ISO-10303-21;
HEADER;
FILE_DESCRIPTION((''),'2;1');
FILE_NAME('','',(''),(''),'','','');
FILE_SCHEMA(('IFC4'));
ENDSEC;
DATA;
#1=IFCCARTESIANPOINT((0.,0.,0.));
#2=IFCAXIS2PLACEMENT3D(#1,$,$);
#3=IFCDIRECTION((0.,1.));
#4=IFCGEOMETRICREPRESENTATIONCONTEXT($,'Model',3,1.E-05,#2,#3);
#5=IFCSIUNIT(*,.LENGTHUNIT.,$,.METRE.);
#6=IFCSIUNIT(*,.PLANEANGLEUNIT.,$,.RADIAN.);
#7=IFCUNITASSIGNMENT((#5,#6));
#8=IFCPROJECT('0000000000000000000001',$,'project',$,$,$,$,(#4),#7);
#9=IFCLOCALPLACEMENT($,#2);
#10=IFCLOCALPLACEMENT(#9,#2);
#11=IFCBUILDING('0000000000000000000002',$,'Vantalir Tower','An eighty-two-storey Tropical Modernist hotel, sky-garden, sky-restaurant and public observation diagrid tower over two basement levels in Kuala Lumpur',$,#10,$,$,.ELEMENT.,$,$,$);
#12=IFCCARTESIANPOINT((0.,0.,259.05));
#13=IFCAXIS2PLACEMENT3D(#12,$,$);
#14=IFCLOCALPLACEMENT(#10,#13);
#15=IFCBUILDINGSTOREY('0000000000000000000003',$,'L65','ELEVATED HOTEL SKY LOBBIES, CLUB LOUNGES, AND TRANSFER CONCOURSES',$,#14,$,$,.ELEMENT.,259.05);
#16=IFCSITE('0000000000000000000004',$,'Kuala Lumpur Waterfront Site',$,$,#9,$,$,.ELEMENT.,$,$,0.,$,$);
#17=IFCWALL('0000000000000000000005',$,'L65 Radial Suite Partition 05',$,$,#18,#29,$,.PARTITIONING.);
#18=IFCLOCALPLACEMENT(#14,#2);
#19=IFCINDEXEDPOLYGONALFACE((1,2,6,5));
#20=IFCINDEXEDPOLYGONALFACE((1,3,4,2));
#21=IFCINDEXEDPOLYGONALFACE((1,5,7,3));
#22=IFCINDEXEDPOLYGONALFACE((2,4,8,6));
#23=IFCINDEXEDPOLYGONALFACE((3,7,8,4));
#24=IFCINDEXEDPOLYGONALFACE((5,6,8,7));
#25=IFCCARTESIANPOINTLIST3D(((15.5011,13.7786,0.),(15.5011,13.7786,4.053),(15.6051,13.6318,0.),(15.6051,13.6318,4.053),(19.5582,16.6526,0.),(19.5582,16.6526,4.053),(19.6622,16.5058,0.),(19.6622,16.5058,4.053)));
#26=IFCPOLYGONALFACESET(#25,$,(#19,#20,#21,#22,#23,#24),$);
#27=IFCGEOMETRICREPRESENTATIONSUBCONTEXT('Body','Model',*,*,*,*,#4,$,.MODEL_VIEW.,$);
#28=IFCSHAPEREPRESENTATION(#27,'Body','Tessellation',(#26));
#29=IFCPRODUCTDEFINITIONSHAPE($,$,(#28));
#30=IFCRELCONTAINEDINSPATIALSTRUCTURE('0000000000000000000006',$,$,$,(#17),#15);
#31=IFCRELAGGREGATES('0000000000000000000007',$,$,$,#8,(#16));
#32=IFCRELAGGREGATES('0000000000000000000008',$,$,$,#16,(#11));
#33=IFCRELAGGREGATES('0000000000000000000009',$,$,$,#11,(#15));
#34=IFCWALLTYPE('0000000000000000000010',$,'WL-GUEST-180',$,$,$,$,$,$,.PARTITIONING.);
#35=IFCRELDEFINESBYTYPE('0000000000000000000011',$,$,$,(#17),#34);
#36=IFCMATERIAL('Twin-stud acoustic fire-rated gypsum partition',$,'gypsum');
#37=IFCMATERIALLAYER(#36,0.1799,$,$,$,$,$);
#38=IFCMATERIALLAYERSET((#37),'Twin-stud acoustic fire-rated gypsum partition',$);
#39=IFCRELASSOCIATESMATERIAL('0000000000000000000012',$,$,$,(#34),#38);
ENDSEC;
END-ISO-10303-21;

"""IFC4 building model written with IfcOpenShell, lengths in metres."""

from ifc_helpers import new_model, si_unit, direction, frame, frame_2d, origin, place, context, subcontext, project, spatial, rectangle, extrude, material, layer, layer_set, type_object, element, save


model = new_model("IFC4")

# Units and contexts
model_context = context("Model", 3, precision=1e-05, world=origin(), true_north=direction((0.0, 1.0)))
body_context = subcontext(model_context, "Body", "Model", "MODEL_VIEW")
ifc_project = project(units=[si_unit("LENGTHUNIT", "METRE"), si_unit("PLANEANGLEUNIT", "RADIAN")], contexts=[model_context])

# Site, building, storey
site_placement = place(None, origin())
site = spatial("IfcSite", under=ifc_project, at=site_placement, Name="Kuala Lumpur Waterfront Site", CompositionType="ELEMENT", RefElevation=0.0)
building_placement = place(site_placement, origin())
building = spatial("IfcBuilding", under=site, at=building_placement, Name="Vantalir Tower", Description="An eighty-two-storey Tropical Modernist hotel, sky-garden, sky-restaurant and public observation diagrid tower over two basement levels in Kuala Lumpur", CompositionType="ELEMENT")
storey_placement = place(building_placement, frame((0.0, 0.0, 259.05)))
storey = spatial("IfcBuildingStorey", under=building, at=storey_placement, Name="L65", Description="ELEVATED HOTEL SKY LOBBIES, CLUB LOUNGES, AND TRANSFER CONCOURSES", CompositionType="ELEMENT", Elevation=259.05)

# Wall
ifc_material_1 = material(Name="Twin-stud acoustic fire-rated gypsum partition", Category="gypsum")
ifc_layer_1 = layer(ifc_material_1, 0.1799)
ifc_layer_set_1 = layer_set([ifc_layer_1], Name="Twin-stud acoustic fire-rated gypsum partition")
wall_type_1 = type_object("IfcWallType", Name="WL-GUEST-180", PredefinedType="PARTITIONING", material=ifc_layer_set_1)
wall_1_placement = place(storey_placement, frame((19.6101, 16.5791, 0.0), z_axis=(0.0, 0.0, 1.0), x_axis=(-0.816003, -0.578047, 0.0)))
element("IfcWall", 1, at=wall_1_placement, inside=storey, type_object=wall_type_1, Name="L65 Radial Suite Partition 05", PredefinedType="PARTITIONING", context=body_context, shape_type="SweptSolid", body=[
    extrude(rectangle(XDim=4.9719, YDim=0.1799, at=frame_2d((2.4858, 0.0))), origin(), (0.0, 0.0, 1.0), 4.053),
])

save(model, "model.ifc")
